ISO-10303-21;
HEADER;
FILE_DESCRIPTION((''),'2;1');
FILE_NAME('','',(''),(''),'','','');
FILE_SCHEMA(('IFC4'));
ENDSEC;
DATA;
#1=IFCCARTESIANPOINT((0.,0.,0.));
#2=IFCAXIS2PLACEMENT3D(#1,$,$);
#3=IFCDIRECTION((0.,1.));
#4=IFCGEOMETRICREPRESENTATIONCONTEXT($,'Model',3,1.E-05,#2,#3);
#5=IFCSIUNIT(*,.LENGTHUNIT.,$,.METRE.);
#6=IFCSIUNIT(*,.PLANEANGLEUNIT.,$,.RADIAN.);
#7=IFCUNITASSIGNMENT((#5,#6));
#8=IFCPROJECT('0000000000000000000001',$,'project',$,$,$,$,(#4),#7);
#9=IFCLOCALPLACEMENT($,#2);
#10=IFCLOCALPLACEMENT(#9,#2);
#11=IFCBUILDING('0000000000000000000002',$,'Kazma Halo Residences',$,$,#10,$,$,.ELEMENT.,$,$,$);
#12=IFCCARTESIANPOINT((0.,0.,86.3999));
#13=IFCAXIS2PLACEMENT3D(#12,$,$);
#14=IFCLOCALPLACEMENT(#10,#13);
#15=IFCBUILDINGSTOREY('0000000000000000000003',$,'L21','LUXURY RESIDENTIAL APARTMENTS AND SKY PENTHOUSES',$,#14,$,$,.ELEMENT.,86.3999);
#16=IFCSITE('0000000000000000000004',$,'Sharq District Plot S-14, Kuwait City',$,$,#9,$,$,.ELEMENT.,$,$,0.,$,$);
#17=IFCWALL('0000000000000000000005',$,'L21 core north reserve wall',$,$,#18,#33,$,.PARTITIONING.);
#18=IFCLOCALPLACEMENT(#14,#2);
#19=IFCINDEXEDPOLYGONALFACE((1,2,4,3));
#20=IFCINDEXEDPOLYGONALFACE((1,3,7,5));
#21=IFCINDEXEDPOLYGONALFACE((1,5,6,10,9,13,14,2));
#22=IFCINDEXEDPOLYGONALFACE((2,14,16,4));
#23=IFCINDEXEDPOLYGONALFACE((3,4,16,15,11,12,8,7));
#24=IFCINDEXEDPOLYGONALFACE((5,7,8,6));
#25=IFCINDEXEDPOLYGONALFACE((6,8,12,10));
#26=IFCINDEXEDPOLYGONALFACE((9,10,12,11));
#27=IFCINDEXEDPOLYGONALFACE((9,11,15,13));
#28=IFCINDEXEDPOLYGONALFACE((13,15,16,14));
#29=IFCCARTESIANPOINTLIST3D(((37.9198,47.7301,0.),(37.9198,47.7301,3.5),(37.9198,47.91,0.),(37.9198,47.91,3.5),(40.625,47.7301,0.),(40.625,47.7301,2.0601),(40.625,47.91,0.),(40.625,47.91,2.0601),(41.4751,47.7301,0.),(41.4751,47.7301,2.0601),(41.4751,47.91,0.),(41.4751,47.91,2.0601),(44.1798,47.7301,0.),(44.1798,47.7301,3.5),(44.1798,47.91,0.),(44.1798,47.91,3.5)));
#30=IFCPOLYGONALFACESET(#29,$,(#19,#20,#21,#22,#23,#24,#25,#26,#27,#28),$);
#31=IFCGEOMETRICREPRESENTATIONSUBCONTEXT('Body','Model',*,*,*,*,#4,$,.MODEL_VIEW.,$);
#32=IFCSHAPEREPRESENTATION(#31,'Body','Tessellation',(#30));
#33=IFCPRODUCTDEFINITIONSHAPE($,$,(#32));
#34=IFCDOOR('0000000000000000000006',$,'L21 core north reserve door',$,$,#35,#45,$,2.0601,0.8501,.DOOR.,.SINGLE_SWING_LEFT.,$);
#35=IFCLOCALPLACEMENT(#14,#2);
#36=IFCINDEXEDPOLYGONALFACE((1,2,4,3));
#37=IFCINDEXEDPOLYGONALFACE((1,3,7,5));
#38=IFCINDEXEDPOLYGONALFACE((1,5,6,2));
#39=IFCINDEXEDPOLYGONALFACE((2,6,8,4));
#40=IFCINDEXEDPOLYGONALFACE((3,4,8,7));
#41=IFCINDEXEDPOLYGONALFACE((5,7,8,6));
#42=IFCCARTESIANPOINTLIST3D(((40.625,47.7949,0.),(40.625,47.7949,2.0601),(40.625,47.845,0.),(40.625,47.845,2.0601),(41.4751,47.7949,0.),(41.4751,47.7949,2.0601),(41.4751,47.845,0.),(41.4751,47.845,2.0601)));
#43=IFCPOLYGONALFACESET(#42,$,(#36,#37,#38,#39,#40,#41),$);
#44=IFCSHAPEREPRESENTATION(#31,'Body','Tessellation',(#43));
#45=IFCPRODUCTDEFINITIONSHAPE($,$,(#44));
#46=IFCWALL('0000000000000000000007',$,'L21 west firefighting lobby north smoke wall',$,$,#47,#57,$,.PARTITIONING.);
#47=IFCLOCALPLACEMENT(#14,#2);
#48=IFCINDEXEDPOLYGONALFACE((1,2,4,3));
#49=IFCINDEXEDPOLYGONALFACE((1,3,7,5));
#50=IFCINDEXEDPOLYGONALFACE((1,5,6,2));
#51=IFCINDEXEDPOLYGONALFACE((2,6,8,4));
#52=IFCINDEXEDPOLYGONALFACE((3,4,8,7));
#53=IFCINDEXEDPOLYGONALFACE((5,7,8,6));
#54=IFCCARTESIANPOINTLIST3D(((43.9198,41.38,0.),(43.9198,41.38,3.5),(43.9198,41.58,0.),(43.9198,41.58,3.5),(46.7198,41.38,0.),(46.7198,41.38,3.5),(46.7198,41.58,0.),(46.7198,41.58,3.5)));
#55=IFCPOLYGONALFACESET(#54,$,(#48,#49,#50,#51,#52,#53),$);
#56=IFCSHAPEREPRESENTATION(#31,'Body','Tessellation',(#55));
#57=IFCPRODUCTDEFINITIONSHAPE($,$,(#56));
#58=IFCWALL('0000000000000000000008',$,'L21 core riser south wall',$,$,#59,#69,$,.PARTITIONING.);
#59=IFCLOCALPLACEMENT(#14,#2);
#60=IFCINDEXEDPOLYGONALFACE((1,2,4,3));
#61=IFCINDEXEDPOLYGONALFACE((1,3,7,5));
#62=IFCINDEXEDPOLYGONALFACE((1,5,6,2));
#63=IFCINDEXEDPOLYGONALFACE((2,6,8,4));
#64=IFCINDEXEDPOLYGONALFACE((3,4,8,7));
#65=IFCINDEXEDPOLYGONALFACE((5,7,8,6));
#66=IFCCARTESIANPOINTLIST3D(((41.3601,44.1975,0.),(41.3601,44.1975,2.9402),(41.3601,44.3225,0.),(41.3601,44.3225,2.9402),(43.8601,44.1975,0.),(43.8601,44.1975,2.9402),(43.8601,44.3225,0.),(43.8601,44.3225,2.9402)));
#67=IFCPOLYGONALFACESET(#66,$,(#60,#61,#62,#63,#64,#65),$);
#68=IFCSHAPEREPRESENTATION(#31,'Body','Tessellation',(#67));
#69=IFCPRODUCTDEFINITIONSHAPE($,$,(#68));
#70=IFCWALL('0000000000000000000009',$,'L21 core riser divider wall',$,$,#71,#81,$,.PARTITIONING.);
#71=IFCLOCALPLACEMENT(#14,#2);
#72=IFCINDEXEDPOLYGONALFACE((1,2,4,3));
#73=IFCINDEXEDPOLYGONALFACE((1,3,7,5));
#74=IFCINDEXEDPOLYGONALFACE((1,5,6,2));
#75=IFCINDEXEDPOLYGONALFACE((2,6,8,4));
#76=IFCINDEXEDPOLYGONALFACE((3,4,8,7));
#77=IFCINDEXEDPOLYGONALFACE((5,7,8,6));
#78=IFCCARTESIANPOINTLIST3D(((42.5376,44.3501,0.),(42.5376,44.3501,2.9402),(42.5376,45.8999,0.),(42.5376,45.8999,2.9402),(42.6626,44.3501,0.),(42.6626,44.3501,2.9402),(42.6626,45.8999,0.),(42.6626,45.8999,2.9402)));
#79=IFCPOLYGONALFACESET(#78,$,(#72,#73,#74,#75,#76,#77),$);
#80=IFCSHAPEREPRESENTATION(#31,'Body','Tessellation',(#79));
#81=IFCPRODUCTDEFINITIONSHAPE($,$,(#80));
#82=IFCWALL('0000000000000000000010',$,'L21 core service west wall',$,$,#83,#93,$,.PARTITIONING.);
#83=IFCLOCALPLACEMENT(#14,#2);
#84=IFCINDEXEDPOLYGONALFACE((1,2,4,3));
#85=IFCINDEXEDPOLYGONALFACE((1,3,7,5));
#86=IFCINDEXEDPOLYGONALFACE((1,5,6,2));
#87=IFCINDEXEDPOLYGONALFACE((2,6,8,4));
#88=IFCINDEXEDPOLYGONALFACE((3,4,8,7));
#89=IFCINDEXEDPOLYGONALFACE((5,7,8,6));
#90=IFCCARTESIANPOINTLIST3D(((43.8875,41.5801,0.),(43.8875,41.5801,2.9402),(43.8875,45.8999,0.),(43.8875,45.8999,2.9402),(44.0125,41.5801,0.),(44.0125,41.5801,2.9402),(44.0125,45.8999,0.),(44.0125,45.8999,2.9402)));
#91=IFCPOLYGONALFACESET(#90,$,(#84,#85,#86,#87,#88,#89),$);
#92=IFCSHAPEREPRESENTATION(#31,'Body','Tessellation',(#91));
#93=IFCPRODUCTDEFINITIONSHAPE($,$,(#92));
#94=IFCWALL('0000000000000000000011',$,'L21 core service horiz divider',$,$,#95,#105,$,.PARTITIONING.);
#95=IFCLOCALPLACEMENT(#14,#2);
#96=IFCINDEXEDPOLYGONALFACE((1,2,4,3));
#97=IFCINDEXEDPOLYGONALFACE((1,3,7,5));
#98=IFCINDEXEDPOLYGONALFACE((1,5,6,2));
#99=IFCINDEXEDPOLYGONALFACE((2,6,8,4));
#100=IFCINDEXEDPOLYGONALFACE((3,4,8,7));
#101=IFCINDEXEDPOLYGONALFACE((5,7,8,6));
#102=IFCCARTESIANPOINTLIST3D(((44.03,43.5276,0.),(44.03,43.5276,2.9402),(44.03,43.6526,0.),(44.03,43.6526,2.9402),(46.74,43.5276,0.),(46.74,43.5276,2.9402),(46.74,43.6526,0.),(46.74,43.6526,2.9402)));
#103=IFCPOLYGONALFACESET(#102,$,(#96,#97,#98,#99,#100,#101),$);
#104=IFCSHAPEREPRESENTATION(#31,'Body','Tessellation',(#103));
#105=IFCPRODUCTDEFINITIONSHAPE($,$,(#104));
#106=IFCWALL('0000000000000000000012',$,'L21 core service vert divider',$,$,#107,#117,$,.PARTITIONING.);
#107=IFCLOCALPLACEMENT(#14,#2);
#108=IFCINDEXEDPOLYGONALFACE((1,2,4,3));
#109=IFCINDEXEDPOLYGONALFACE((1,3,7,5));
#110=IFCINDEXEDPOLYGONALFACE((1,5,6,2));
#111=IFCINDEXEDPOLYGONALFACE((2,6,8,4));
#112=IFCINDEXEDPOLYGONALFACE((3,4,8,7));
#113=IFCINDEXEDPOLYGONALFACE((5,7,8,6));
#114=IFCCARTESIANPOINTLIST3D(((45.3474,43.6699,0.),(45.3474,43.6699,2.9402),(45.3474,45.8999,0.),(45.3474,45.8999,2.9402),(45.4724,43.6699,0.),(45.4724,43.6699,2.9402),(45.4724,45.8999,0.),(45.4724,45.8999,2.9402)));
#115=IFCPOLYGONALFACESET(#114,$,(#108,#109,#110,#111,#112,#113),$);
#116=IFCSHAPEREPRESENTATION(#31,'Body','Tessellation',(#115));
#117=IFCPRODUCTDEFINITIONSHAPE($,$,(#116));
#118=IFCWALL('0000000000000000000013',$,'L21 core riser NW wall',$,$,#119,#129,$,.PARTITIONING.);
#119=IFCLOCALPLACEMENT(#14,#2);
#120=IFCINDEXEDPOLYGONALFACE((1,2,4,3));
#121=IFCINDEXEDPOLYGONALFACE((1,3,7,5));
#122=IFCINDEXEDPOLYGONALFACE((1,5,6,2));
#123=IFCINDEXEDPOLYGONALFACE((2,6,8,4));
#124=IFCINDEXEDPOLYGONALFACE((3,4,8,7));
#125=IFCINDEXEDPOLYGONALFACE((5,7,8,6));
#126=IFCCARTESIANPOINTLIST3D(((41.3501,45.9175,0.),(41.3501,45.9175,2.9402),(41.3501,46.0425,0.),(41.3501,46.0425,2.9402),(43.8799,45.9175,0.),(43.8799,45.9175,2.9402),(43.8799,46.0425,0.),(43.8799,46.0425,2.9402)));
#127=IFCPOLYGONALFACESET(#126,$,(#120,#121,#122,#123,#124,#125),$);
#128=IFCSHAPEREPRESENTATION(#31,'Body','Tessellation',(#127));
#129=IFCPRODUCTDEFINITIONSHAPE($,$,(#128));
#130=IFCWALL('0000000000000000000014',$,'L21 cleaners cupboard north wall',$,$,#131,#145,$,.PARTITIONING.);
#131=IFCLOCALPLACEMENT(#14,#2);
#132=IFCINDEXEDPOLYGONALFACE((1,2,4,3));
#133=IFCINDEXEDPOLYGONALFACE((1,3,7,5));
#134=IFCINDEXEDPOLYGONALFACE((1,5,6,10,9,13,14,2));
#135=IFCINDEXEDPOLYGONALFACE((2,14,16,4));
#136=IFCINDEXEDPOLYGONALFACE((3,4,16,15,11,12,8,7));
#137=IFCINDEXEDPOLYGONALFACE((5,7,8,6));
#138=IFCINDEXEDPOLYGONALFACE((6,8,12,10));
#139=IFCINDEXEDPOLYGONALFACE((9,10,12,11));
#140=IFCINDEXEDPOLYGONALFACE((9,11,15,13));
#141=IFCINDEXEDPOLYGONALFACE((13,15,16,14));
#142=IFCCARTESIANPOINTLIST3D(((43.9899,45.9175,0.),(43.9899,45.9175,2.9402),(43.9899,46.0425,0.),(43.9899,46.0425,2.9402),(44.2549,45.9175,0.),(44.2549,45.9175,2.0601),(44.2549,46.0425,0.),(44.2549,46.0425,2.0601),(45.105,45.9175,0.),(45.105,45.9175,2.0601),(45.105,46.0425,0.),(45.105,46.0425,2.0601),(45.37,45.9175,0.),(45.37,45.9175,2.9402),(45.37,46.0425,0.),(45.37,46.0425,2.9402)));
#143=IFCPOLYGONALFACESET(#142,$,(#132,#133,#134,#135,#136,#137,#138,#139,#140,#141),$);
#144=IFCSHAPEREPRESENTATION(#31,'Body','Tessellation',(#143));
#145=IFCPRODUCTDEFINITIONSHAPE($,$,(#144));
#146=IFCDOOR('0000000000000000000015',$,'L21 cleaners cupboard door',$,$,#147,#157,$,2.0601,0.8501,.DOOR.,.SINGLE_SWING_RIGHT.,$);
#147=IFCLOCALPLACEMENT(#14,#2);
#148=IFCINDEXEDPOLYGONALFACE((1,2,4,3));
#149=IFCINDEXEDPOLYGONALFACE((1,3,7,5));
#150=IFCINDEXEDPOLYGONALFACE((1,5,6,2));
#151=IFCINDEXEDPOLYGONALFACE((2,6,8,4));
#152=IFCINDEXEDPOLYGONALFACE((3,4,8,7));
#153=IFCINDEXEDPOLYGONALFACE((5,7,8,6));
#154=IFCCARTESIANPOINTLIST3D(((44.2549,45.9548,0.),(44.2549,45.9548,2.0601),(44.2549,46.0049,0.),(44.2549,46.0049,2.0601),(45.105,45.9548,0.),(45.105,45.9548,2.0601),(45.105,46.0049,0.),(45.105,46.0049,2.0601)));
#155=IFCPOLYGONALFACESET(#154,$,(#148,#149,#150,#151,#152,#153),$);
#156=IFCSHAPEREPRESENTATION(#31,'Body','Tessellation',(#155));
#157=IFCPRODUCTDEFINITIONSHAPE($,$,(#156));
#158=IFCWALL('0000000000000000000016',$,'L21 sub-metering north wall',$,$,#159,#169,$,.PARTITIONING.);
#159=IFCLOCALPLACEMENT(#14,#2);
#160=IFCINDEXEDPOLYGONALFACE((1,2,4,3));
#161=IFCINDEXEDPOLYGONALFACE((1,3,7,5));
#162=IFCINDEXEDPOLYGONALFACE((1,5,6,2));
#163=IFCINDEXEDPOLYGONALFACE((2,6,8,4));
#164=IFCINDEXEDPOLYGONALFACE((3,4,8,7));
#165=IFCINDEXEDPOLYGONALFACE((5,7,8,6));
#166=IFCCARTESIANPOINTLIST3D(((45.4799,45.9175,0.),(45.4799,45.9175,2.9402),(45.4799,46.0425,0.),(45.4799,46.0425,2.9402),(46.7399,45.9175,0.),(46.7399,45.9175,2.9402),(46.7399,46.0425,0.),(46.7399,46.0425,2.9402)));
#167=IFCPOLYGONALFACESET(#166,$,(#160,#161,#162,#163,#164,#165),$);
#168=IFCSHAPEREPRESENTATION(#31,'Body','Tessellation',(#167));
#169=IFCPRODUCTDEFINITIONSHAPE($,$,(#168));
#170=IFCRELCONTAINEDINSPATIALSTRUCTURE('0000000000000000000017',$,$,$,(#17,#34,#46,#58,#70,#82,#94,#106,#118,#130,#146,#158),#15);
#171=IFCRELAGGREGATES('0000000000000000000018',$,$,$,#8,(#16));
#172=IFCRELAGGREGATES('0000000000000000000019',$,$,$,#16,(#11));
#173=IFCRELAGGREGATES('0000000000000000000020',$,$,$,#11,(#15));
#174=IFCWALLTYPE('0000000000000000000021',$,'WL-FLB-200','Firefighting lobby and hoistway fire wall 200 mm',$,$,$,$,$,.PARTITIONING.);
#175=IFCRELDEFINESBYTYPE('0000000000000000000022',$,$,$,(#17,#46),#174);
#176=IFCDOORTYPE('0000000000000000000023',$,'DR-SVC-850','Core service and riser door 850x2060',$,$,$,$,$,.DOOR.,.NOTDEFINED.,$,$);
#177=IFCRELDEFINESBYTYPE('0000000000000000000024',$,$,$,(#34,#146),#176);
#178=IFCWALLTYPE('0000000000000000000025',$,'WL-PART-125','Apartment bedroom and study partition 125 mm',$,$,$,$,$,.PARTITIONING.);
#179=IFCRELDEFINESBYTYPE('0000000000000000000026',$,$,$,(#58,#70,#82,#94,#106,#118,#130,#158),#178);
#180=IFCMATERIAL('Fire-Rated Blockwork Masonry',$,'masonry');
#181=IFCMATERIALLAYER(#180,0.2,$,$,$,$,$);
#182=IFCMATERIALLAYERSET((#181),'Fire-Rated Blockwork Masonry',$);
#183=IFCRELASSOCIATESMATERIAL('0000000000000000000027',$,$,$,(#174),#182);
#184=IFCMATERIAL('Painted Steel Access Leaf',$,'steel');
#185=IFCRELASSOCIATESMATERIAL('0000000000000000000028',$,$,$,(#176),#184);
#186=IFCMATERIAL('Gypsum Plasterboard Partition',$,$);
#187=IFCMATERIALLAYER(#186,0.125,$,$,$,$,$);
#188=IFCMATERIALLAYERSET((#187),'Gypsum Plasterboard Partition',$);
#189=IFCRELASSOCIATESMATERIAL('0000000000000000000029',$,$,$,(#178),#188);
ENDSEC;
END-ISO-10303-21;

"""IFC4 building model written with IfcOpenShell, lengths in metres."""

from ifc_helpers import new_model, si_unit, direction, frame, frame_2d, origin, place, context, subcontext, project, spatial, rectangle, extrude, material, layer, layer_set, type_object, element, fill, save


model = new_model("IFC4")

# Units and contexts
model_context = context("Model", 3, precision=1e-05, world=origin(), true_north=direction((0.0, 1.0)))
body_context = subcontext(model_context, "Body", "Model", "MODEL_VIEW")
ifc_project = project(units=[si_unit("LENGTHUNIT", "METRE"), si_unit("PLANEANGLEUNIT", "RADIAN")], contexts=[model_context])

# Site, building, storey
site_placement = place(None, origin())
site = spatial("IfcSite", under=ifc_project, at=site_placement, Name="Sharq District Plot S-14, Kuwait City", CompositionType="ELEMENT", RefElevation=0.0)
building_placement = place(site_placement, origin())
building = spatial("IfcBuilding", under=site, at=building_placement, Name="Kazma Halo Residences", CompositionType="ELEMENT")
storey_placement = place(building_placement, frame((0.0, 0.0, 86.3999)))
storey = spatial("IfcBuildingStorey", under=building, at=storey_placement, Name="L21", Description="LUXURY RESIDENTIAL APARTMENTS AND SKY PENTHOUSES", CompositionType="ELEMENT", Elevation=86.3999)

# Shared definitions
ifc_material_1 = material(Name="Fire-Rated Blockwork Masonry", Category="masonry")
ifc_layer_1 = layer(ifc_material_1, 0.2)
ifc_layer_set_1 = layer_set([ifc_layer_1], Name="Fire-Rated Blockwork Masonry")
wall_type_1 = type_object("IfcWallType", Name="WL-FLB-200", Description="Firefighting lobby and hoistway fire wall 200 mm", PredefinedType="PARTITIONING", material=ifc_layer_set_1)

# Wall, opening, door
wall_1_placement = place(storey_placement, frame((37.9199, 47.8201, 0.0), z_axis=(0.0, 0.0, 1.0), x_axis=(1.0, 0.0, 0.0)))
wall_1 = element("IfcWall", 1, at=wall_1_placement, inside=storey, type_object=wall_type_1, Name="L21 core north reserve wall", PredefinedType="PARTITIONING", context=body_context, shape_type="SweptSolid", body=[
    extrude(rectangle(XDim=6.26, YDim=0.1799, at=frame_2d((3.1299, 0.0))), origin(), (0.0, 0.0, 1.0), 3.5),
])
opening_1_placement = place(wall_1_placement, frame((2.7051, 0.0, 0.0)))
opening_1 = element("IfcOpeningElement", 2, at=opening_1_placement, cuts=wall_1, PredefinedType="OPENING", context=body_context, shape_type="SweptSolid", body=[
    extrude(rectangle(XDim=0.8501, YDim=2.0601, at=frame_2d((0.425, 1.03))), frame((0.0, 0.0999, 0.0), z_axis=(0.0, -1.0, 0.0), x_axis=(1.0, 0.0, 0.0)), (0.0, 0.0, 1.0), 0.2),
])
ifc_material_2 = material(Name="Painted Steel Access Leaf", Category="steel")
door_type_1 = type_object("IfcDoorType", Name="DR-SVC-850", Description="Core service and riser door 850x2060", OperationType="NOTDEFINED", PredefinedType="DOOR", material=ifc_material_2)
door_1_placement = place(opening_1_placement, origin())
door_1 = element("IfcDoor", 3, at=door_1_placement, inside=storey, type_object=door_type_1, Name="L21 core north reserve door", OperationType="SINGLE_SWING_LEFT", OverallHeight=2.0601, OverallWidth=0.8501, PredefinedType="DOOR", context=body_context, shape_type="SweptSolid", body=[
    extrude(rectangle(XDim=0.8501, YDim=2.0601, at=frame_2d((0.425, 1.03))), frame((0.0, 0.0249, 0.0), z_axis=(0.0, -1.0, 0.0), x_axis=(1.0, 0.0, 0.0)), (0.0, 0.0, 1.0), 0.05),
])
fill(opening_1, door_1)

# Walls
wall_2_placement = place(storey_placement, frame((43.9199, 41.48, 0.0), z_axis=(0.0, 0.0, 1.0), x_axis=(1.0, 0.0, 0.0)))
element("IfcWall", 4, at=wall_2_placement, inside=storey, type_object=wall_type_1, Name="L21 west firefighting lobby north smoke wall", PredefinedType="PARTITIONING", context=body_context, shape_type="SweptSolid", body=[
    extrude(rectangle(XDim=2.8, YDim=0.2, at=frame_2d((1.3999, 0.0))), origin(), (0.0, 0.0, 1.0), 3.5),
])
ifc_material_3 = material(Name="Gypsum Plasterboard Partition")
ifc_layer_2 = layer(ifc_material_3, 0.125)
ifc_layer_set_2 = layer_set([ifc_layer_2], Name="Gypsum Plasterboard Partition")
wall_type_2 = type_object("IfcWallType", Name="WL-PART-125", Description="Apartment bedroom and study partition 125 mm", PredefinedType="PARTITIONING", material=ifc_layer_set_2)
wall_3_placement = place(storey_placement, frame((41.3601, 44.26, 0.0), z_axis=(0.0, 0.0, 1.0), x_axis=(1.0, 0.0, 0.0)))
element("IfcWall", 5, at=wall_3_placement, inside=storey, type_object=wall_type_2, Name="L21 core riser south wall", PredefinedType="PARTITIONING", context=body_context, shape_type="SweptSolid", body=[
    extrude(rectangle(XDim=2.5, YDim=0.125, at=frame_2d((1.25, 0.0))), origin(), (0.0, 0.0, 1.0), 2.9402),
])
wall_4_placement = place(storey_placement, frame((42.6001, 44.3501, 0.0), z_axis=(0.0, 0.0, 1.0), x_axis=(0.0, 1.0, 0.0)))
element("IfcWall", 6, at=wall_4_placement, inside=storey, type_object=wall_type_2, Name="L21 core riser divider wall", PredefinedType="PARTITIONING", context=body_context, shape_type="SweptSolid", body=[
    extrude(rectangle(XDim=1.5498, YDim=0.125, at=frame_2d((0.7749, 0.0))), origin(), (0.0, 0.0, 1.0), 2.9402),
])
wall_5_placement = place(storey_placement, frame((43.95, 41.5801, 0.0), z_axis=(0.0, 0.0, 1.0), x_axis=(0.0, 1.0, 0.0)))
element("IfcWall", 7, at=wall_5_placement, inside=storey, type_object=wall_type_2, Name="L21 core service west wall", PredefinedType="PARTITIONING", context=body_context, shape_type="SweptSolid", body=[
    extrude(rectangle(XDim=4.3198, YDim=0.125, at=frame_2d((2.1599, 0.0))), origin(), (0.0, 0.0, 1.0), 2.9402),
])
wall_6_placement = place(storey_placement, frame((44.03, 43.5901, 0.0), z_axis=(0.0, 0.0, 1.0), x_axis=(1.0, 0.0, 0.0)))
element("IfcWall", 8, at=wall_6_placement, inside=storey, type_object=wall_type_2, Name="L21 core service horiz divider", PredefinedType="PARTITIONING", context=body_context, shape_type="SweptSolid", body=[
    extrude(rectangle(XDim=2.71, YDim=0.125, at=frame_2d((1.355, 0.0))), origin(), (0.0, 0.0, 1.0), 2.9402),
])
wall_7_placement = place(storey_placement, frame((45.4099, 43.6699, 0.0), z_axis=(0.0, 0.0, 1.0), x_axis=(0.0, 1.0, 0.0)))
element("IfcWall", 9, at=wall_7_placement, inside=storey, type_object=wall_type_2, Name="L21 core service vert divider", PredefinedType="PARTITIONING", context=body_context, shape_type="SweptSolid", body=[
    extrude(rectangle(XDim=2.23, YDim=0.125, at=frame_2d((1.115, 0.0))), origin(), (0.0, 0.0, 1.0), 2.9402),
])
wall_8_placement = place(storey_placement, frame((41.3501, 45.98, 0.0), z_axis=(0.0, 0.0, 1.0), x_axis=(1.0, 0.0, 0.0)))
element("IfcWall", 10, at=wall_8_placement, inside=storey, type_object=wall_type_2, Name="L21 core riser NW wall", PredefinedType="PARTITIONING", context=body_context, shape_type="SweptSolid", body=[
    extrude(rectangle(XDim=2.5298, YDim=0.125, at=frame_2d((1.2649, 0.0))), origin(), (0.0, 0.0, 1.0), 2.9402),
])

# Wall, opening, door
wall_9_placement = place(storey_placement, frame((43.99, 45.98, 0.0), z_axis=(0.0, 0.0, 1.0), x_axis=(1.0, 0.0, 0.0)))
wall_9 = element("IfcWall", 11, at=wall_9_placement, inside=storey, type_object=wall_type_2, Name="L21 cleaners cupboard north wall", PredefinedType="PARTITIONING", context=body_context, shape_type="SweptSolid", body=[
    extrude(rectangle(XDim=1.3801, YDim=0.125, at=frame_2d((0.6899, 0.0))), origin(), (0.0, 0.0, 1.0), 2.9402),
])
opening_2_placement = place(wall_9_placement, frame((0.2649, 0.0, 0.0)))
opening_2 = element("IfcOpeningElement", 12, at=opening_2_placement, cuts=wall_9, PredefinedType="OPENING", context=body_context, shape_type="SweptSolid", body=[
    extrude(rectangle(XDim=0.8501, YDim=2.0601, at=frame_2d((0.425, 1.03))), frame((0.0, 0.0725, 0.0), z_axis=(0.0, -1.0, 0.0), x_axis=(1.0, 0.0, 0.0)), (0.0, 0.0, 1.0), 0.145),
])
door_2_placement = place(opening_2_placement, origin())
door_2 = element("IfcDoor", 13, at=door_2_placement, inside=storey, type_object=door_type_1, Name="L21 cleaners cupboard door", OperationType="SINGLE_SWING_RIGHT", OverallHeight=2.0601, OverallWidth=0.8501, PredefinedType="DOOR", context=body_context, shape_type="SweptSolid", body=[
    extrude(rectangle(XDim=0.8501, YDim=2.0601, at=frame_2d((0.425, 1.03))), frame((0.0, 0.0249, 0.0), z_axis=(0.0, -1.0, 0.0), x_axis=(1.0, 0.0, 0.0)), (0.0, 0.0, 1.0), 0.05),
])
fill(opening_2, door_2)

# Wall
wall_10_placement = place(storey_placement, frame((45.48, 45.98, 0.0), z_axis=(0.0, 0.0, 1.0), x_axis=(1.0, 0.0, 0.0)))
element("IfcWall", 14, at=wall_10_placement, inside=storey, type_object=wall_type_2, Name="L21 sub-metering north wall", PredefinedType="PARTITIONING", context=body_context, shape_type="SweptSolid", body=[
    extrude(rectangle(XDim=1.26, YDim=0.125, at=frame_2d((0.6299, 0.0))), origin(), (0.0, 0.0, 1.0), 2.9402),
])

save(model, "model.ifc")
